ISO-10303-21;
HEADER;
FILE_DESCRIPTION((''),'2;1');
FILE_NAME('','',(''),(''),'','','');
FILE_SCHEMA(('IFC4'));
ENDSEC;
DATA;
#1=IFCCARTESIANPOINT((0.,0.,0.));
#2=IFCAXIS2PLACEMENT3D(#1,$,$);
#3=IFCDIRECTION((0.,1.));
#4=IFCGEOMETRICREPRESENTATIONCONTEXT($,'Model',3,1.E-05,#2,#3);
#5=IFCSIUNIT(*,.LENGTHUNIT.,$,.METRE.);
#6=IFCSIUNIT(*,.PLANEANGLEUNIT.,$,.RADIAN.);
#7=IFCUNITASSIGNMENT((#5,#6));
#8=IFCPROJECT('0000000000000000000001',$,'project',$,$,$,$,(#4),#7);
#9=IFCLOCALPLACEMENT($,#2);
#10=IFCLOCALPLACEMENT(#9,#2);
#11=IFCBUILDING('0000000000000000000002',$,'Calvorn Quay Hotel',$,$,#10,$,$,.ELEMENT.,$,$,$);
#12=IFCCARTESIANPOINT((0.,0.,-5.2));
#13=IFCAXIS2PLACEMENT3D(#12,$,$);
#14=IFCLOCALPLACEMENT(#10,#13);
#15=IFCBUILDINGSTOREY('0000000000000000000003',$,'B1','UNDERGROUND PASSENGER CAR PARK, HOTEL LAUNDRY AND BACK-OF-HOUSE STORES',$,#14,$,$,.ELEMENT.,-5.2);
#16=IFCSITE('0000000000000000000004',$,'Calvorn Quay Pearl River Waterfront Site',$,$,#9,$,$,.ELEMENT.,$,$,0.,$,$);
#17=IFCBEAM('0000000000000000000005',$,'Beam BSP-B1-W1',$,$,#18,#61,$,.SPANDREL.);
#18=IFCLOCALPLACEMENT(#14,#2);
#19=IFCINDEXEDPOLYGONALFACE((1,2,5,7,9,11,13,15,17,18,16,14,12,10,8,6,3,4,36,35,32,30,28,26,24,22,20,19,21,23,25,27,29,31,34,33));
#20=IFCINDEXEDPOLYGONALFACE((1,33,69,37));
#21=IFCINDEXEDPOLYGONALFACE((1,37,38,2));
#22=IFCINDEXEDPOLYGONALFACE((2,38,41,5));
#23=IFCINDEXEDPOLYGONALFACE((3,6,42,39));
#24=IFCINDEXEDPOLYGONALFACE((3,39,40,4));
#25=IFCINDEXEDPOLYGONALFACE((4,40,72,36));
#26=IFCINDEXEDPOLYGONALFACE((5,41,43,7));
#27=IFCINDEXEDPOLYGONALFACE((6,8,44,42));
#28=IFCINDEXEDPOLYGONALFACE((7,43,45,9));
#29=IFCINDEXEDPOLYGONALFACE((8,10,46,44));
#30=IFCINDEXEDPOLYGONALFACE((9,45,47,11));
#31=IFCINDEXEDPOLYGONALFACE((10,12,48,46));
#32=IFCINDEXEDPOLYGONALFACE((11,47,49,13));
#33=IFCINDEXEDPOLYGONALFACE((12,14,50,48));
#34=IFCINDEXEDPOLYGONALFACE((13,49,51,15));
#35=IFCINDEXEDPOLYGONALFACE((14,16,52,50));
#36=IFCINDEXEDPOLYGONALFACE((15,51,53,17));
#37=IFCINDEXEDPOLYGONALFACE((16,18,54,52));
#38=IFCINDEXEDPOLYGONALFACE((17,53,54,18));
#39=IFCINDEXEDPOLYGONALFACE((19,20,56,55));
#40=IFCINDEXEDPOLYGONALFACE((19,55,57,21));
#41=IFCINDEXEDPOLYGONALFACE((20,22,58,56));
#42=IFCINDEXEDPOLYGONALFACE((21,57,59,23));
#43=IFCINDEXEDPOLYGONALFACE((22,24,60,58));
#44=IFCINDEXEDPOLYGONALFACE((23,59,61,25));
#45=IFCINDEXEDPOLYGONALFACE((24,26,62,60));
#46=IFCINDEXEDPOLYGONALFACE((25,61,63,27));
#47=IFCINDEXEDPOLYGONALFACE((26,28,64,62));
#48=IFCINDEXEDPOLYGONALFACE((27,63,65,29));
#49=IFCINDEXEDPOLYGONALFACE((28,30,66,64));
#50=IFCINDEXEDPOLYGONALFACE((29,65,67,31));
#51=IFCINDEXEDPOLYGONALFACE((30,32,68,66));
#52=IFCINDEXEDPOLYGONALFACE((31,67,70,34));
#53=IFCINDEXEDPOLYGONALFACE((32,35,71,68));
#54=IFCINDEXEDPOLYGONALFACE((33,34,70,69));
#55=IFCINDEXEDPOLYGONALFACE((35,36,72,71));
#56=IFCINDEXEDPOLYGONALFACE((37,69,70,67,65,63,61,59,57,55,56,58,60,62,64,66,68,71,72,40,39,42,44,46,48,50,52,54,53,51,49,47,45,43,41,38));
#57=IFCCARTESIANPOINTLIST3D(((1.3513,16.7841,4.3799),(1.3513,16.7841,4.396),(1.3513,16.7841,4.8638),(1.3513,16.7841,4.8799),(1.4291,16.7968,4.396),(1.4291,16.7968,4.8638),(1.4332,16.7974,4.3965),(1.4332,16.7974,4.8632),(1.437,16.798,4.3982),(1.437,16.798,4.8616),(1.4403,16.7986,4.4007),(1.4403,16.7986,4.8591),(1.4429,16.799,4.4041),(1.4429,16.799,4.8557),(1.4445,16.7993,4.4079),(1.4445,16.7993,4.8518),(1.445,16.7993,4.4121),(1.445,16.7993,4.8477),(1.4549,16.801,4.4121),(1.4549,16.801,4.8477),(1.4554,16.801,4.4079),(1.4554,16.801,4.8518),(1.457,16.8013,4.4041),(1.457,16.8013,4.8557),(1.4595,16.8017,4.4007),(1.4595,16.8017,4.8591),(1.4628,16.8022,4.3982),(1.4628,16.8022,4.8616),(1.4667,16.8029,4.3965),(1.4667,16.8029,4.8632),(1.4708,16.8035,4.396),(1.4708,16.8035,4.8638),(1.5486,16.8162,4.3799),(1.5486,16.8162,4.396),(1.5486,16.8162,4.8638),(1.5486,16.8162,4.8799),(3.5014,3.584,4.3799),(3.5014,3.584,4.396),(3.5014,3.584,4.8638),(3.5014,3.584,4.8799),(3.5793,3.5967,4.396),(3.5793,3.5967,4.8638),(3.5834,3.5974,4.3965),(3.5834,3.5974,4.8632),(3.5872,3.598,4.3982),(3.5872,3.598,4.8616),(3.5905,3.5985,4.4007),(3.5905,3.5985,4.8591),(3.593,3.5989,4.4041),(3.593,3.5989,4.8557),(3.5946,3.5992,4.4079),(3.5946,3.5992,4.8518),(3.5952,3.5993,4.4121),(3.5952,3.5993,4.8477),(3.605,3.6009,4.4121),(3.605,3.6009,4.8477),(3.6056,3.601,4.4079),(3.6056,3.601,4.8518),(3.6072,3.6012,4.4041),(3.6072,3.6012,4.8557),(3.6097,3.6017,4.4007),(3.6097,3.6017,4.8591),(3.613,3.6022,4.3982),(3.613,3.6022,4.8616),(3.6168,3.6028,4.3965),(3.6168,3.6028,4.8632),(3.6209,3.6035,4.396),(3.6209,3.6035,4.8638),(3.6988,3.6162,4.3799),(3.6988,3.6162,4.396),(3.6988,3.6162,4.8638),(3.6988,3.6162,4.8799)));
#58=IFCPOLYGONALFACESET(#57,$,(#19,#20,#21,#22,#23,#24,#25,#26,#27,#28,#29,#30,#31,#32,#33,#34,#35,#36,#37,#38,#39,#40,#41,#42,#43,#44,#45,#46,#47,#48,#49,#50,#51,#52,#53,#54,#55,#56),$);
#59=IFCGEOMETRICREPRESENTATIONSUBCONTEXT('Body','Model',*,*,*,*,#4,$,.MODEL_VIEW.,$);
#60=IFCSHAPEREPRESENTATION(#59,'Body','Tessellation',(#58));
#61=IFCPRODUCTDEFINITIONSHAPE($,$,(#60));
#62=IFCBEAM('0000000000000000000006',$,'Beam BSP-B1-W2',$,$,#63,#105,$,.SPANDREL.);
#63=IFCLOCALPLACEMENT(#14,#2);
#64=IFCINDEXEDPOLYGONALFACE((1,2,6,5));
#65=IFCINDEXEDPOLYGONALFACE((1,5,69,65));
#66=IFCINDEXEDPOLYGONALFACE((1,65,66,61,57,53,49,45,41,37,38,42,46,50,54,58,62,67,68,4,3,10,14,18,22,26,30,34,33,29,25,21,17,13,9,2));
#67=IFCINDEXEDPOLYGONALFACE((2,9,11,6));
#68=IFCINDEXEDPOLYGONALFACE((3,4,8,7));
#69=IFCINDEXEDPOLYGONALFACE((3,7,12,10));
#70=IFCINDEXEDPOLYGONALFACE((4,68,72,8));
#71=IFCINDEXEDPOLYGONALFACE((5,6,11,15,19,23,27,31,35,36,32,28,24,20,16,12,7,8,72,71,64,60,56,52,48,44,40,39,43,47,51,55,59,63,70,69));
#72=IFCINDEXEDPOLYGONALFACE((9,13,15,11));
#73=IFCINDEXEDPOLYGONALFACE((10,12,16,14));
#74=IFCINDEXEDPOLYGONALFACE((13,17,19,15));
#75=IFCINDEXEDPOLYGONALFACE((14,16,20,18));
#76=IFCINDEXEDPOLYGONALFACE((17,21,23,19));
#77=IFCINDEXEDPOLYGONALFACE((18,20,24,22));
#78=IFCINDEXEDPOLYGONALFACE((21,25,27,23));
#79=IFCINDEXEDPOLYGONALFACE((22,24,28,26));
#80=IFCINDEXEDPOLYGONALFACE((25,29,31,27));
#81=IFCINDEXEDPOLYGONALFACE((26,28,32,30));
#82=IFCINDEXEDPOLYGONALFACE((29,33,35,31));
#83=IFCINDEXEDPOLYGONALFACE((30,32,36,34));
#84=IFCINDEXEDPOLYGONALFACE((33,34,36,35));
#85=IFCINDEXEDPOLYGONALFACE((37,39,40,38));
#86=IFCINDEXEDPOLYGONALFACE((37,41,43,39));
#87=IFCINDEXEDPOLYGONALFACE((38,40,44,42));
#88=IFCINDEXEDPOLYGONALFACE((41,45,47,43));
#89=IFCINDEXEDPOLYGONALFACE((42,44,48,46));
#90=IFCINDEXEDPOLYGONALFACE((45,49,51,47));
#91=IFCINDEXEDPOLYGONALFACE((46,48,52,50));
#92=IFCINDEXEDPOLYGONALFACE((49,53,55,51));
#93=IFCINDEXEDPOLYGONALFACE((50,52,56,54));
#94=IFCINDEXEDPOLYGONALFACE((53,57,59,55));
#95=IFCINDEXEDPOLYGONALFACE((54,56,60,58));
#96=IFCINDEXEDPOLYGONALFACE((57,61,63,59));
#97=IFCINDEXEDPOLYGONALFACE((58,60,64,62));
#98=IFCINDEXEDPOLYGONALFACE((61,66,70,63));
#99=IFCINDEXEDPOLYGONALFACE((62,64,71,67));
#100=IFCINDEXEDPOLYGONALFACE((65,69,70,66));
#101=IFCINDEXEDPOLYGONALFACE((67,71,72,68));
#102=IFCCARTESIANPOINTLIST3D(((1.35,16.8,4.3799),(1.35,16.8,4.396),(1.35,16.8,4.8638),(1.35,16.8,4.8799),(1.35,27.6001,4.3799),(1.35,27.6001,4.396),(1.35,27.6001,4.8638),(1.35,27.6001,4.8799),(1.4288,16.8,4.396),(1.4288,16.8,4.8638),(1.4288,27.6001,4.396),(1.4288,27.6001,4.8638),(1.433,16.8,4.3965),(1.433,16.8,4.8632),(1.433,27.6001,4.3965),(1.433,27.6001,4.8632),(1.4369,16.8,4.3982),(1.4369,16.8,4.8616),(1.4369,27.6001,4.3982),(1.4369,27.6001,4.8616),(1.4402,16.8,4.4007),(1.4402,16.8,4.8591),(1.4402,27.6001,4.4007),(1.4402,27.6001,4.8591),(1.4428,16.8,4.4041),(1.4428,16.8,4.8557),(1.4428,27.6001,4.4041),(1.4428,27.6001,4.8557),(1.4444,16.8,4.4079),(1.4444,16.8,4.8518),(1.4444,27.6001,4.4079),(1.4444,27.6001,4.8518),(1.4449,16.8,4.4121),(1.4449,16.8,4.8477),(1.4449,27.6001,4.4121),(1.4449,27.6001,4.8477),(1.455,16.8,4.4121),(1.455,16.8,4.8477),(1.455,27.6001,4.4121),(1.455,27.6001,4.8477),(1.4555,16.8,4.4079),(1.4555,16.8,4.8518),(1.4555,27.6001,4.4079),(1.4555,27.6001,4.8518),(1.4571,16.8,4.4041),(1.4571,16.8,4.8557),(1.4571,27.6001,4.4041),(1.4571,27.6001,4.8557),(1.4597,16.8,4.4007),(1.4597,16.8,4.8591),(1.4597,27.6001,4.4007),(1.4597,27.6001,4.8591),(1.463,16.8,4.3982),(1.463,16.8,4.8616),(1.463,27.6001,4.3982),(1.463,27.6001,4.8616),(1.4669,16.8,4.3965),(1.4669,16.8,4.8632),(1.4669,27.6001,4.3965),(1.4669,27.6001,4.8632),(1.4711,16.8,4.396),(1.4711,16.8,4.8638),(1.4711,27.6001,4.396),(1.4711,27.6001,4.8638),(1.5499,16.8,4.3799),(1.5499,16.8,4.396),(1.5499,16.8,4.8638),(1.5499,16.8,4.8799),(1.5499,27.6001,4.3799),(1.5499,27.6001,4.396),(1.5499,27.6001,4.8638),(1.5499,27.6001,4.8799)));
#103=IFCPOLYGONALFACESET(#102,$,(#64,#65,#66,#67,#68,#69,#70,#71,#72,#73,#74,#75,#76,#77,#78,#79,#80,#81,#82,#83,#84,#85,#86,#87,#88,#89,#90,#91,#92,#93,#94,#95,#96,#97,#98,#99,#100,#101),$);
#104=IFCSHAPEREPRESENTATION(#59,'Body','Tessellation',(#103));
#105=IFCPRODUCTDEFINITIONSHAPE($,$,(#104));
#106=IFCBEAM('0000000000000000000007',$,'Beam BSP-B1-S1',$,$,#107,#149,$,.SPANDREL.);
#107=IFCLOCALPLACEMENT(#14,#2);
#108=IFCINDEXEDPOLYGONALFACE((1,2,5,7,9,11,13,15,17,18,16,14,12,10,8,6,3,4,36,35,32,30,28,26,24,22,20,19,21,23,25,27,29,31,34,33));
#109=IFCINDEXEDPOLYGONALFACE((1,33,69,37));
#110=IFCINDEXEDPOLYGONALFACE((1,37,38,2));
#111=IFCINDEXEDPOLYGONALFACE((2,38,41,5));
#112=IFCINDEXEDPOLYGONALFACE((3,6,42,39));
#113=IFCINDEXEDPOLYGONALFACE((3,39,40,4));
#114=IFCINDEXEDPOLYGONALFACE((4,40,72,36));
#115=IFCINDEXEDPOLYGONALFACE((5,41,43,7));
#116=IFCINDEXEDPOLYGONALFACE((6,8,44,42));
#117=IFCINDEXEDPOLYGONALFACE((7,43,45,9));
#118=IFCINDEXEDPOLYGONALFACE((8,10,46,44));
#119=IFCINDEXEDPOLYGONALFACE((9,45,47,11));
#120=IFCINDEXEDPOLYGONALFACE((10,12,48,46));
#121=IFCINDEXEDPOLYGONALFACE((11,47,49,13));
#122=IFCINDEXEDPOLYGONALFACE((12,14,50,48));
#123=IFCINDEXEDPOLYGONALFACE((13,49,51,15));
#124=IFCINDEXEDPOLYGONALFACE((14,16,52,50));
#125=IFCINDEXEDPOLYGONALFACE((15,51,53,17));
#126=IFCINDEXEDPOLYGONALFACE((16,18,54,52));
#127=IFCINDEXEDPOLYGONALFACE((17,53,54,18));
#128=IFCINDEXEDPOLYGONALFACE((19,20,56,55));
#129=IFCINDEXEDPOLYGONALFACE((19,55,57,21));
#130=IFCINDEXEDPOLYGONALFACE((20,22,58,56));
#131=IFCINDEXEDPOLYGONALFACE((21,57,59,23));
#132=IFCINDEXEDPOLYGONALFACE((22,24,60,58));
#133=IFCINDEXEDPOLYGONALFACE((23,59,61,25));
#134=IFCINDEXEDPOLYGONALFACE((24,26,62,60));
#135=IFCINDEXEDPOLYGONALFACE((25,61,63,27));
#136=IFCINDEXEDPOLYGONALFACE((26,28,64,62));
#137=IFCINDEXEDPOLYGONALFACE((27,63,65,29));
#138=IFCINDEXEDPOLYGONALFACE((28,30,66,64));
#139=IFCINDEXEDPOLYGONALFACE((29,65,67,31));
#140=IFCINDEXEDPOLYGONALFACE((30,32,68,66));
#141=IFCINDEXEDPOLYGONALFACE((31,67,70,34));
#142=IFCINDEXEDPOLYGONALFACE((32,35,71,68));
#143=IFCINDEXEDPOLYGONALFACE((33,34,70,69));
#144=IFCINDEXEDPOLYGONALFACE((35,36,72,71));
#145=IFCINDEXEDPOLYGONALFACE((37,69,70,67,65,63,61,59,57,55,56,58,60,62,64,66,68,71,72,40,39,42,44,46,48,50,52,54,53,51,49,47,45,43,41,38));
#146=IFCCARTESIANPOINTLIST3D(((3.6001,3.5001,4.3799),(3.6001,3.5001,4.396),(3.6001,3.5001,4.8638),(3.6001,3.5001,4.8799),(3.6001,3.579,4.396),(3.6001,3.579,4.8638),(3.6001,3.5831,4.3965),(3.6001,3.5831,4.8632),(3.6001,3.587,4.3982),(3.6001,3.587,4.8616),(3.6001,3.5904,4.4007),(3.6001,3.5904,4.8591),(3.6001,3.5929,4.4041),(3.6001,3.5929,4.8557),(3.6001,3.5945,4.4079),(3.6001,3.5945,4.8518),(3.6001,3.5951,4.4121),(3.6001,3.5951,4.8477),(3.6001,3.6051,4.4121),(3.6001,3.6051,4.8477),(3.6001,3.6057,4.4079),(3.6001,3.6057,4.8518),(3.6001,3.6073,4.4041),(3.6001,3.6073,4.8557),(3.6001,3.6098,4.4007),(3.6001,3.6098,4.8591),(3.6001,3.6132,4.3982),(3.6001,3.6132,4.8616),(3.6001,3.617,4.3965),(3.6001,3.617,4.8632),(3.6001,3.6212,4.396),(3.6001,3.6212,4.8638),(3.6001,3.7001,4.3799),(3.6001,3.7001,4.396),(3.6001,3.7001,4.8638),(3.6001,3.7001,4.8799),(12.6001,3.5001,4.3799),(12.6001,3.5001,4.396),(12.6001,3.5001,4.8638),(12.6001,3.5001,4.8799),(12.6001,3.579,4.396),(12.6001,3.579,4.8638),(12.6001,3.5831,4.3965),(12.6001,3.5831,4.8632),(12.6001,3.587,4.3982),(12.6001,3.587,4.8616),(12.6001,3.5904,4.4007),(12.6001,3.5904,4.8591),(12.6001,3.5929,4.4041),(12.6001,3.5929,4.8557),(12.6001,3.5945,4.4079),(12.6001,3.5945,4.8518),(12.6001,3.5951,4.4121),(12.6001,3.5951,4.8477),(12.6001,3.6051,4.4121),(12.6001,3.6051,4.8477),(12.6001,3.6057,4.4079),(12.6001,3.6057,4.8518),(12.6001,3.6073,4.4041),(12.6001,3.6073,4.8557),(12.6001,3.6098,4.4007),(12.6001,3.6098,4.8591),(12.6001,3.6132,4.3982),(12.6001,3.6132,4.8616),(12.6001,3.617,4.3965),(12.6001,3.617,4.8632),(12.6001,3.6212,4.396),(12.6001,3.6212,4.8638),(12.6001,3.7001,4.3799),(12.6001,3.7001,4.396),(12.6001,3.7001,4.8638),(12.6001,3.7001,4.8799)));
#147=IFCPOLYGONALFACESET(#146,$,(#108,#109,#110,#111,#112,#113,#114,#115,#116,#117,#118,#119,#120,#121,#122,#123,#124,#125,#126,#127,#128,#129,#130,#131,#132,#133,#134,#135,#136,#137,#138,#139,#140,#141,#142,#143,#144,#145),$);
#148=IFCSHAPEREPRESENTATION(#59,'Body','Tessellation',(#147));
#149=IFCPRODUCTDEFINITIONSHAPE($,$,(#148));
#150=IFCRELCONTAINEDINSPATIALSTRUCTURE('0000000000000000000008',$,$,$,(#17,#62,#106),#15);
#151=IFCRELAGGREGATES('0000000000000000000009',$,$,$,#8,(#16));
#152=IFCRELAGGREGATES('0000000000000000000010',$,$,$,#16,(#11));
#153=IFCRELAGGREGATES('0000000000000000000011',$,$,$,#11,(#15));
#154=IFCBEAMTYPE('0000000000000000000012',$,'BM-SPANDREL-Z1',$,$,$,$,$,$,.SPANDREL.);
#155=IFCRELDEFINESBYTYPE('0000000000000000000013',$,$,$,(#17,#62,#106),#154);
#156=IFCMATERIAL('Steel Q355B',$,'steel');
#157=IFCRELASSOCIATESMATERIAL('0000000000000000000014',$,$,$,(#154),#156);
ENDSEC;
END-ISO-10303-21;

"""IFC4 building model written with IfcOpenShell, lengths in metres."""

from ifc_helpers import new_model, si_unit, direction, frame, origin, origin_2d, place, context, subcontext, project, spatial, i_section, extrude, material, material_profile, profile_set, type_object, element, save


model = new_model("IFC4")

# Units and contexts
model_context = context("Model", 3, precision=1e-05, world=origin(), true_north=direction((0.0, 1.0)))
body_context = subcontext(model_context, "Body", "Model", "MODEL_VIEW")
ifc_project = project(units=[si_unit("LENGTHUNIT", "METRE"), si_unit("PLANEANGLEUNIT", "RADIAN")], contexts=[model_context])

# Site, building, storey
site_placement = place(None, origin())
site = spatial("IfcSite", under=ifc_project, at=site_placement, Name="Calvorn Quay Pearl River Waterfront Site", CompositionType="ELEMENT", RefElevation=0.0)
building_placement = place(site_placement, origin())
building = spatial("IfcBuilding", under=site, at=building_placement, Name="Calvorn Quay Hotel", CompositionType="ELEMENT")
storey_placement = place(building_placement, frame((0.0, 0.0, -5.2)))
storey = spatial("IfcBuildingStorey", under=building, at=storey_placement, Name="B1", Description="UNDERGROUND PASSENGER CAR PARK, HOTEL LAUNDRY AND BACK-OF-HOUSE STORES", CompositionType="ELEMENT", Elevation=-5.2)

# Beams
ifc_material_1 = material(Name="Steel Q355B", Category="steel")
ifc_material_profile_1 = material_profile(ifc_material_1, i_section(OverallWidth=0.2, OverallDepth=0.5, WebThickness=0.01, FlangeThickness=0.0161, FilletRadius=0.0161, at=origin_2d()), Name="HN500x200x10x16")
ifc_profile_set_1 = profile_set([ifc_material_profile_1], Name="Steel Q355B")
beam_type_1 = type_object("IfcBeamType", Name="BM-SPANDREL-Z1", PredefinedType="SPANDREL", material=ifc_profile_set_1)
beam_1_placement = place(storey_placement, frame((3.6001, 3.6001, 4.6299), z_axis=(-0.160772, 0.986992, 0.0), x_axis=(-0.986992, -0.160772, 0.0)))
element("IfcBeam", 1, at=beam_1_placement, inside=storey, type_object=beam_type_1, Name="Beam BSP-B1-W1", PredefinedType="SPANDREL", context=body_context, shape_type="SweptSolid", body=[
    extrude(i_section(OverallWidth=0.2, OverallDepth=0.5, WebThickness=0.01, FlangeThickness=0.0161, FilletRadius=0.0161, at=origin_2d()), origin(), (0.0, 0.0, 1.0), 13.374),
])
beam_2_placement = place(storey_placement, frame((1.45, 16.8, 4.6299), z_axis=(0.0, 1.0, 0.0), x_axis=(-1.0, 0.0, 0.0)))
element("IfcBeam", 2, at=beam_2_placement, inside=storey, type_object=beam_type_1, Name="Beam BSP-B1-W2", PredefinedType="SPANDREL", context=body_context, shape_type="SweptSolid", body=[
    extrude(i_section(OverallWidth=0.2, OverallDepth=0.5, WebThickness=0.01, FlangeThickness=0.0161, FilletRadius=0.0161, at=origin_2d()), origin(), (0.0, 0.0, 1.0), 10.8),
])
beam_3_placement = place(storey_placement, frame((3.6001, 3.6001, 4.6299), z_axis=(1.0, 0.0, 0.0), x_axis=(0.0, 1.0, 0.0)))
element("IfcBeam", 3, at=beam_3_placement, inside=storey, type_object=beam_type_1, Name="Beam BSP-B1-S1", PredefinedType="SPANDREL", context=body_context, shape_type="SweptSolid", body=[
    extrude(i_section(OverallWidth=0.2, OverallDepth=0.5, WebThickness=0.01, FlangeThickness=0.0161, FilletRadius=0.0161, at=origin_2d()), origin(), (0.0, 0.0, 1.0), 9.0),
])

save(model, "model.ifc")
